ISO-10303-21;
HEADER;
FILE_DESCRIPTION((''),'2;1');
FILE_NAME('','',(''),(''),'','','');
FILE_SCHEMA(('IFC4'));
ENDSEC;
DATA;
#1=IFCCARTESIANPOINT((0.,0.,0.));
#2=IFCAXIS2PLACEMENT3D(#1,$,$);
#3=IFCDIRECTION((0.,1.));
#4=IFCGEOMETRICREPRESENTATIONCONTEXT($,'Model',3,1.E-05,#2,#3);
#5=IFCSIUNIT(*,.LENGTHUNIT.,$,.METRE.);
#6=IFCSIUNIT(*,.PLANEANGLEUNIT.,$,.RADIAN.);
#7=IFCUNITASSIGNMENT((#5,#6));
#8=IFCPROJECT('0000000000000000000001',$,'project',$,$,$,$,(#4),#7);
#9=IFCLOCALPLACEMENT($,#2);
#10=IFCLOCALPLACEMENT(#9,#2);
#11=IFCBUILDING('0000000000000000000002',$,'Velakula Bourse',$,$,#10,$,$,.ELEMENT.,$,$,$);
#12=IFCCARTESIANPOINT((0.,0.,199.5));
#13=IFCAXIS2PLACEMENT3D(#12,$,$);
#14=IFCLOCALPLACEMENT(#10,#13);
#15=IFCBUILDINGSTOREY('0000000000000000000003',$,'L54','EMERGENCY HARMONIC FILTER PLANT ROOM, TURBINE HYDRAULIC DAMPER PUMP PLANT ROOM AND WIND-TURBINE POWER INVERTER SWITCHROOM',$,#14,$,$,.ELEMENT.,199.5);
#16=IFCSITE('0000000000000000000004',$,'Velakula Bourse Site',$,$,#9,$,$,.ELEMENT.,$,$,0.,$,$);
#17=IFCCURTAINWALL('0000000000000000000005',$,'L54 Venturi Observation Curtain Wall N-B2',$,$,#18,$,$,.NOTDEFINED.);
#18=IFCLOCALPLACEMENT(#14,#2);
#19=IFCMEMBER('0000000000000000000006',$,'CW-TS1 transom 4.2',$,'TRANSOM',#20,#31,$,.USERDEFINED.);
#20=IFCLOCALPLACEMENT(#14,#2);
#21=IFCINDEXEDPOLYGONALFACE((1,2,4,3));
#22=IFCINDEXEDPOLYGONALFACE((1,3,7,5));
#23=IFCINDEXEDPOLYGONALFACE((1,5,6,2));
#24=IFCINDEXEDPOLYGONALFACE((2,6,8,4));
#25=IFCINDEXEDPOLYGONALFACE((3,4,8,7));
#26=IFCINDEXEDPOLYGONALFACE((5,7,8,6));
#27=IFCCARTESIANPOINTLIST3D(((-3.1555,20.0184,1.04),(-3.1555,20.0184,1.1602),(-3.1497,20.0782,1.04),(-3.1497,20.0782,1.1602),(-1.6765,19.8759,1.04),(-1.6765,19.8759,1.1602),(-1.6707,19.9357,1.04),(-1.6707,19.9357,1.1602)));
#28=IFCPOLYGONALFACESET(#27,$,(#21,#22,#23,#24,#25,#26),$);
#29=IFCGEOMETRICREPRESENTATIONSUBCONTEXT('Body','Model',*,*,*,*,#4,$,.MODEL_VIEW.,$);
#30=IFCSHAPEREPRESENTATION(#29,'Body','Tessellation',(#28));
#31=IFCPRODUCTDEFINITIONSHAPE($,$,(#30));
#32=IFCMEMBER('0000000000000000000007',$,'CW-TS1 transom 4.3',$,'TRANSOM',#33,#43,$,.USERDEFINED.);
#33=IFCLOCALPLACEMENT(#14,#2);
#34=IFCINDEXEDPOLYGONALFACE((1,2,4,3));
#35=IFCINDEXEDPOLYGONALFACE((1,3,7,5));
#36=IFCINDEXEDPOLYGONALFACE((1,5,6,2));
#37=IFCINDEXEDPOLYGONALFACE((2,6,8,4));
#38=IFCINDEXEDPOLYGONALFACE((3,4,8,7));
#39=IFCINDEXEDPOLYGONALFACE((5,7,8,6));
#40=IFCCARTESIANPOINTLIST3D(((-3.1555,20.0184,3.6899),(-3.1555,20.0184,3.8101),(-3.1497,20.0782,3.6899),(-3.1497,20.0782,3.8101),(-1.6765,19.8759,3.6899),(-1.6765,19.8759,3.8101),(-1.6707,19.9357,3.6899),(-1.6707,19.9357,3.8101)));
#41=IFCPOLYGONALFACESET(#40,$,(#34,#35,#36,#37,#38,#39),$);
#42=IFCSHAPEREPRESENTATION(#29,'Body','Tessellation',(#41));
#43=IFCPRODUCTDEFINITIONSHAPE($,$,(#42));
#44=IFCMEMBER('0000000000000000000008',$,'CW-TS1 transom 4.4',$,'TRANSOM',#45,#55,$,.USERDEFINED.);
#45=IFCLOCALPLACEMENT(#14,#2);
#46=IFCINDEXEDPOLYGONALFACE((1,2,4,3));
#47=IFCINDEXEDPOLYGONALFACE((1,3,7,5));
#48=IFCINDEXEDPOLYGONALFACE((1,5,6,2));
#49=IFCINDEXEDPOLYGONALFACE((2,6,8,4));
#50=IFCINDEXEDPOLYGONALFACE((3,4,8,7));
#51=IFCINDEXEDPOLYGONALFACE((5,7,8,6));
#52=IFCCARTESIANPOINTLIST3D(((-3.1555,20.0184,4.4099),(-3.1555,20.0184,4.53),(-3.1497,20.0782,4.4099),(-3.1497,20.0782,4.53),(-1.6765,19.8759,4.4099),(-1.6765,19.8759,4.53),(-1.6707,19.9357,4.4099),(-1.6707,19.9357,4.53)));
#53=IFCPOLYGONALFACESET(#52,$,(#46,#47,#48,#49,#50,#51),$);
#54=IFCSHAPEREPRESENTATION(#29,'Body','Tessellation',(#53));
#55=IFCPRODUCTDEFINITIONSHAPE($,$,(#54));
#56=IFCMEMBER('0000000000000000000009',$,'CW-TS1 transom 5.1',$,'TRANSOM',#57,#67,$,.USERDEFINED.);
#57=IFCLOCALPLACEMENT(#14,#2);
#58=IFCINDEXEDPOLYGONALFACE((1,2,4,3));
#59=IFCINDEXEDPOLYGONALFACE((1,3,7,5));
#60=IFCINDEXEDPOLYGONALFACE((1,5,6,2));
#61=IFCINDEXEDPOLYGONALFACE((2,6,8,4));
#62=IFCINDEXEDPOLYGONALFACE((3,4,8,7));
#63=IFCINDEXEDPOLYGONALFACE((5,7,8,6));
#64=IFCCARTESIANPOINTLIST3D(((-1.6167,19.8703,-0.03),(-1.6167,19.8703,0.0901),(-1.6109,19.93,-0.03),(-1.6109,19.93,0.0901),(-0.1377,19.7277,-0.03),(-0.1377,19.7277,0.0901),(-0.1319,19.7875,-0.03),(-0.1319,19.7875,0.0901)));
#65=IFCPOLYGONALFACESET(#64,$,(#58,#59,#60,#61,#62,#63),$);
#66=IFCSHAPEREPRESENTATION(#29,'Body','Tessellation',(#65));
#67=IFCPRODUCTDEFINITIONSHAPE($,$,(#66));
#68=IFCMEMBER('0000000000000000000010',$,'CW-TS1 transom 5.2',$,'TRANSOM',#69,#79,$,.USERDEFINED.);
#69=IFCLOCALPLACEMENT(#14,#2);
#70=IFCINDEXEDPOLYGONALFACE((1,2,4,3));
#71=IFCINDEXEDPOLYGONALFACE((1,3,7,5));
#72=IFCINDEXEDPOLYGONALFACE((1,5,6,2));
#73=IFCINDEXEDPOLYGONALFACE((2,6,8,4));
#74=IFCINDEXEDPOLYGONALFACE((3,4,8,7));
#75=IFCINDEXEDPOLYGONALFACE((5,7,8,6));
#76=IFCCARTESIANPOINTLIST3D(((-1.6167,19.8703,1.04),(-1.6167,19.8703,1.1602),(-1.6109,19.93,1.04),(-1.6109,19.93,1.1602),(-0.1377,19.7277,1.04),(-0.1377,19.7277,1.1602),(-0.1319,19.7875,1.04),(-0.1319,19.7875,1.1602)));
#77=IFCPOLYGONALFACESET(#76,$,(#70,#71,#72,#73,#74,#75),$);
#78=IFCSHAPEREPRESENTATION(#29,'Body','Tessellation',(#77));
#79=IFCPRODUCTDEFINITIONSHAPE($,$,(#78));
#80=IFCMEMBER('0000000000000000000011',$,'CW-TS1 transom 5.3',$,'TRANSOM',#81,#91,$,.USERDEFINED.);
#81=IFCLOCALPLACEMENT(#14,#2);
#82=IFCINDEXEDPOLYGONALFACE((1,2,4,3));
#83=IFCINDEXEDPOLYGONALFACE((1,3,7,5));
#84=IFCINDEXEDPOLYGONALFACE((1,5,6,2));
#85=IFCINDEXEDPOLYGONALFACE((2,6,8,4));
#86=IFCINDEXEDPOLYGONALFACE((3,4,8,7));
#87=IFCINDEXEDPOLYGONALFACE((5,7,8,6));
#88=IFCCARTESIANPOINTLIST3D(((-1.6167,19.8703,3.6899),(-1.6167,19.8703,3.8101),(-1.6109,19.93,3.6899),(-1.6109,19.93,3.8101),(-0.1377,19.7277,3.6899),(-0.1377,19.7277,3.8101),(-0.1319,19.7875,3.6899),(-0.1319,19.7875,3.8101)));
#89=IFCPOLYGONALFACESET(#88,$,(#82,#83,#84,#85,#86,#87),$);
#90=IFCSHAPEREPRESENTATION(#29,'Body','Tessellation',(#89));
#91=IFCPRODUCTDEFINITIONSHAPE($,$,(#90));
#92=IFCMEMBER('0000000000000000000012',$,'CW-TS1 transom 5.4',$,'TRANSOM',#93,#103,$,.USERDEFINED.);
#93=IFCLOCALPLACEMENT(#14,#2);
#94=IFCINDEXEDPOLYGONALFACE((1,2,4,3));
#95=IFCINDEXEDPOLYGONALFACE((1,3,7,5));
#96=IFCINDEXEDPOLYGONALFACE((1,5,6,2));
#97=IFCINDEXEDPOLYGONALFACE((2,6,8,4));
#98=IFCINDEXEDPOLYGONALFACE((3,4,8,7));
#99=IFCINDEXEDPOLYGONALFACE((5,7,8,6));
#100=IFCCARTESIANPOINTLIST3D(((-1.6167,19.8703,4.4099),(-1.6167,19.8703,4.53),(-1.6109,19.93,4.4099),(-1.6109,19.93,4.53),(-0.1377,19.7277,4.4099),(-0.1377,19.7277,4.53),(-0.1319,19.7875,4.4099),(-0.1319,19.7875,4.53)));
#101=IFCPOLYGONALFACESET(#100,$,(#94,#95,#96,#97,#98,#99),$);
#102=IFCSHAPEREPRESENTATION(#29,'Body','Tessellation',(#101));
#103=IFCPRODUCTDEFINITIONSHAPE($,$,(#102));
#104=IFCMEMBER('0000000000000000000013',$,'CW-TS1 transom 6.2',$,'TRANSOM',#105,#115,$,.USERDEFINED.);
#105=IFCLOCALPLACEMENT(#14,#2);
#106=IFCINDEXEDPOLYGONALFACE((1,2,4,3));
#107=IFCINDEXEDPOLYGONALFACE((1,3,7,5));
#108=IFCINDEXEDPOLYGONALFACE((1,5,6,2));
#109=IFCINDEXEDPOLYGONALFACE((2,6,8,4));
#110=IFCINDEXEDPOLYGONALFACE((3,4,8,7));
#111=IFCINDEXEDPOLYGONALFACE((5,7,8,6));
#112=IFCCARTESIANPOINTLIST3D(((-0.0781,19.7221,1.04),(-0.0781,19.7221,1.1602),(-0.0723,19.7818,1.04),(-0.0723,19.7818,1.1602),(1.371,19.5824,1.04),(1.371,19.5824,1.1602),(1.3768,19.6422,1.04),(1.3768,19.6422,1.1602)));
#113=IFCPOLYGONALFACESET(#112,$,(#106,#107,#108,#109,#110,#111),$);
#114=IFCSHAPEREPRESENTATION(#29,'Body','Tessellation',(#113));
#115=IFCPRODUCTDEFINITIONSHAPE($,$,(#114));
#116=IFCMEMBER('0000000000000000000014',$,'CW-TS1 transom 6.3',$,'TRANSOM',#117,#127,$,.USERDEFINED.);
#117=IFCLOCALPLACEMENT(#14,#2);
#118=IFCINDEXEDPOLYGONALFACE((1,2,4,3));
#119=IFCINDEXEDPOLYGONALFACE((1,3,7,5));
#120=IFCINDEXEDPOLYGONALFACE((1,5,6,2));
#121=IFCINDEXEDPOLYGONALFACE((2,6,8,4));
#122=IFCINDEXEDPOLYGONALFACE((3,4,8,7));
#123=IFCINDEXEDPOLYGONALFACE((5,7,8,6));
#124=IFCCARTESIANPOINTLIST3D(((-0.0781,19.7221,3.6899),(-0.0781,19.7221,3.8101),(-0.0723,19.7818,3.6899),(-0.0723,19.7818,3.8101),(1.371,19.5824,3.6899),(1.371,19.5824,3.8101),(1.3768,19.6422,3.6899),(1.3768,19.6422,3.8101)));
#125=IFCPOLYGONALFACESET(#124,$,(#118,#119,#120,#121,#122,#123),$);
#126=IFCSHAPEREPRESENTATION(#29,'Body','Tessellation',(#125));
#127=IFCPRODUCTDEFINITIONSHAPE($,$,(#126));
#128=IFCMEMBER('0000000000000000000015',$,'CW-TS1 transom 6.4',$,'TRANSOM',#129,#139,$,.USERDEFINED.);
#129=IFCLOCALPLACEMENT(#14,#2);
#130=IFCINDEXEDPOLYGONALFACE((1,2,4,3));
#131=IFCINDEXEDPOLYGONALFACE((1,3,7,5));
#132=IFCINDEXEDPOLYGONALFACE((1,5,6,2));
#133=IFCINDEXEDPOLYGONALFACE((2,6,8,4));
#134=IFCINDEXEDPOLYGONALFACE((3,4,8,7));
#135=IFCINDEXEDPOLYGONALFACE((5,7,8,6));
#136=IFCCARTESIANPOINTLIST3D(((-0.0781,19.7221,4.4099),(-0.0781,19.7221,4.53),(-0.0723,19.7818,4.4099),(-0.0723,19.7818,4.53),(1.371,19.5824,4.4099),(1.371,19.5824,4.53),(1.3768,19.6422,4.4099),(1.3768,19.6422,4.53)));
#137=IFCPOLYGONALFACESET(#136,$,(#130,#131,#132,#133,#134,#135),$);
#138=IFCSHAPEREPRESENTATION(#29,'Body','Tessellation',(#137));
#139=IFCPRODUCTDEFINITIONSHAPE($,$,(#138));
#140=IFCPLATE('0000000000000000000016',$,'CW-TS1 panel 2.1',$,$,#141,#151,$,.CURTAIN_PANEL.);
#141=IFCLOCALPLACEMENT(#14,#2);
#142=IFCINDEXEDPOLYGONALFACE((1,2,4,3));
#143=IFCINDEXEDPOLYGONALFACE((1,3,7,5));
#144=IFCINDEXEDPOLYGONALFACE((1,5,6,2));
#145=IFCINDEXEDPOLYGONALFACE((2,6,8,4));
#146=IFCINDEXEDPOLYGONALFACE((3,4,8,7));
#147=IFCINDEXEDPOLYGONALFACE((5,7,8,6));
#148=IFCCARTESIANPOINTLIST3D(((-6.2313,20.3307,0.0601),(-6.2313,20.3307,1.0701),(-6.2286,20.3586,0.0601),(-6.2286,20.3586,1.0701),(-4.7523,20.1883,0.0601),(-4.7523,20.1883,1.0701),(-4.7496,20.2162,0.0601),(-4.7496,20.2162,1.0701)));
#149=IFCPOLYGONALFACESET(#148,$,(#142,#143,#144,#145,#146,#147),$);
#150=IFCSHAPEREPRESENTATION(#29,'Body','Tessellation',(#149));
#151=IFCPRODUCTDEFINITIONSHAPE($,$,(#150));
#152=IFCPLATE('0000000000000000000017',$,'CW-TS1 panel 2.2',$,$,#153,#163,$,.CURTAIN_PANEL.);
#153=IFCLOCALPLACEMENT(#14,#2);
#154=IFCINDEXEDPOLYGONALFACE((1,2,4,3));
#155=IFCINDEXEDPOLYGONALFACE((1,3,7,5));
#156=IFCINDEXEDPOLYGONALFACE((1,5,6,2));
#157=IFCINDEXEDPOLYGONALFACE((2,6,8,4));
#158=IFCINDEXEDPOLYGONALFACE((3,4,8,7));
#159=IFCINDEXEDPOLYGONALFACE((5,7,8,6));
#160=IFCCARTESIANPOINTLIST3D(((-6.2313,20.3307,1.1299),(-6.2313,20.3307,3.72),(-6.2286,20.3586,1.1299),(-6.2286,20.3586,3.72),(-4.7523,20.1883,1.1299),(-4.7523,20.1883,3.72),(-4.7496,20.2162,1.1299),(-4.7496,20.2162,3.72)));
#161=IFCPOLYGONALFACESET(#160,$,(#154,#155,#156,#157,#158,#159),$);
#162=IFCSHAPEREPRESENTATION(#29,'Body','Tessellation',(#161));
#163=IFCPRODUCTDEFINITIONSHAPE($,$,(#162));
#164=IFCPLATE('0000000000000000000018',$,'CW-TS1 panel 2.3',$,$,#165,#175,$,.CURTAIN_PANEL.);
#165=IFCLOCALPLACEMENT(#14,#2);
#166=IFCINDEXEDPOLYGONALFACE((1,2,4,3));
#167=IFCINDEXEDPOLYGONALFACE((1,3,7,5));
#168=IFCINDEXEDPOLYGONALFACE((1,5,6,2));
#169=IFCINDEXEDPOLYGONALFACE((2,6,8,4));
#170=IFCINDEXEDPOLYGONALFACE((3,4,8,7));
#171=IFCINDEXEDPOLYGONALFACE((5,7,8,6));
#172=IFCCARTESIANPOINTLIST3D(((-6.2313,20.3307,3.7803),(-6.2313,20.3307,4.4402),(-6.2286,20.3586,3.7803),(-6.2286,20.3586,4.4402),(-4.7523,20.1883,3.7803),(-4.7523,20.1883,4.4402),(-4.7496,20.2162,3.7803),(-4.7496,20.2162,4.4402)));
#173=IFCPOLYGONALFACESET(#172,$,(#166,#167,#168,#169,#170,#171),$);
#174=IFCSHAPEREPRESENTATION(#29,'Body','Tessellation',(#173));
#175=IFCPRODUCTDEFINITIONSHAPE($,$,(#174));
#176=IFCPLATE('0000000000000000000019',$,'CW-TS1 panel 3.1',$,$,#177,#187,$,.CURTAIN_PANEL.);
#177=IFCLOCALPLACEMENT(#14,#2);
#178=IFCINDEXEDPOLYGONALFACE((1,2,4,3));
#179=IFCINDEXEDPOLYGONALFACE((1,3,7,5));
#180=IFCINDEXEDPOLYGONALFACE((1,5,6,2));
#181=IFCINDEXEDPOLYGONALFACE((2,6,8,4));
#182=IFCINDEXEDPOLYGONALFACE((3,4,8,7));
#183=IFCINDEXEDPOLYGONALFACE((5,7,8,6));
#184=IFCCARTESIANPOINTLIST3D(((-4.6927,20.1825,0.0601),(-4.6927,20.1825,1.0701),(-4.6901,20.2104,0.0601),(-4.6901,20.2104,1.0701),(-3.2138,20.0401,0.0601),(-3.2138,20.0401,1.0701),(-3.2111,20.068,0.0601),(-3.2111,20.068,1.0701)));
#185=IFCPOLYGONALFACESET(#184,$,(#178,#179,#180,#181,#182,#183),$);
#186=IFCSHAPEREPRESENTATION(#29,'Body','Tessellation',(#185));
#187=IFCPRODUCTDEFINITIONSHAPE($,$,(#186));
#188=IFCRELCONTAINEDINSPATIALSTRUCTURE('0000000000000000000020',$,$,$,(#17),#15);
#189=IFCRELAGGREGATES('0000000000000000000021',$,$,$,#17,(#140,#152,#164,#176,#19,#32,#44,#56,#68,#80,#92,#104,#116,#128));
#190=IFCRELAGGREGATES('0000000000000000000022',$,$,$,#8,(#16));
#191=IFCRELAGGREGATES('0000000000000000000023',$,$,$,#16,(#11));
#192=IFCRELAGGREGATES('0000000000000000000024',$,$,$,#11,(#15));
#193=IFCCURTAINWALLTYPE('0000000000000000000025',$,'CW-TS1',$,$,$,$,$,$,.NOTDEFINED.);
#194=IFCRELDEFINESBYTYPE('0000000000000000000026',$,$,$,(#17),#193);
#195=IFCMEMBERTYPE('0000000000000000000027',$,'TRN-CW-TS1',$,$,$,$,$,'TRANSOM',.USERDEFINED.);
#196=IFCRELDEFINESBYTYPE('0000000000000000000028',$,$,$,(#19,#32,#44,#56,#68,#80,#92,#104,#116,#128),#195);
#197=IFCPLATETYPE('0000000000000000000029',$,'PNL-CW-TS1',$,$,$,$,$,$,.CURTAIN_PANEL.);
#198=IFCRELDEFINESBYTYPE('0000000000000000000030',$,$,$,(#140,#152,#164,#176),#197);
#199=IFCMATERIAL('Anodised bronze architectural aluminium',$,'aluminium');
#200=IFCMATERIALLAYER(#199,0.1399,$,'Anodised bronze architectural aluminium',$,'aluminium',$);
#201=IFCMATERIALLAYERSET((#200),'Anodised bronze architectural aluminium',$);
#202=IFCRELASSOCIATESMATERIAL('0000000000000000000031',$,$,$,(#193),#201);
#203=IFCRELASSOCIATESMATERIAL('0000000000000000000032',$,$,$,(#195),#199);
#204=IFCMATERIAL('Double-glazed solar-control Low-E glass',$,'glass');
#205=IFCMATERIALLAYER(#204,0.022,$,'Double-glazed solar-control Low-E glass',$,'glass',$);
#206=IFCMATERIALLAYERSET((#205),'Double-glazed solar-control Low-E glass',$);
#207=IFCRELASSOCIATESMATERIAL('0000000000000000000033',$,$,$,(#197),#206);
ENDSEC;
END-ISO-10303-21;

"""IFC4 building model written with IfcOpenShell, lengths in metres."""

from ifc_helpers import new_model, si_unit, direction, frame, origin, origin_2d, place, context, subcontext, project, spatial, rectangle, extrude, material, layer, layer_set, material_profile, profile_set, type_object, element, aggregate, save


model = new_model("IFC4")

# Units and contexts
model_context = context("Model", 3, precision=1e-05, world=origin(), true_north=direction((0.0, 1.0)))
body_context = subcontext(model_context, "Body", "Model", "MODEL_VIEW")
ifc_project = project(units=[si_unit("LENGTHUNIT", "METRE"), si_unit("PLANEANGLEUNIT", "RADIAN")], contexts=[model_context])

# Site, building, storey
site_placement = place(None, origin())
site = spatial("IfcSite", under=ifc_project, at=site_placement, Name="Velakula Bourse Site", CompositionType="ELEMENT", RefElevation=0.0)
building_placement = place(site_placement, origin())
building = spatial("IfcBuilding", under=site, at=building_placement, Name="Velakula Bourse", CompositionType="ELEMENT")
storey_placement = place(building_placement, frame((0.0, 0.0, 199.5)))
storey = spatial("IfcBuildingStorey", under=building, at=storey_placement, Name="L54", Description="EMERGENCY HARMONIC FILTER PLANT ROOM, TURBINE HYDRAULIC DAMPER PUMP PLANT ROOM AND WIND-TURBINE POWER INVERTER SWITCHROOM", CompositionType="ELEMENT", Elevation=199.5)

# Curtain wall, members, plates
ifc_material_1 = material(Name="Anodised bronze architectural aluminium", Category="aluminium")
ifc_layer_1 = layer(ifc_material_1, 0.1399, Name="Anodised bronze architectural aluminium", Category="aluminium")
ifc_layer_set_1 = layer_set([ifc_layer_1], Name="Anodised bronze architectural aluminium")
curtain_wall_type = type_object("IfcCurtainWallType", Name="CW-TS1", PredefinedType="NOTDEFINED", material=ifc_layer_set_1)
curtain_wall_placement = place(storey_placement, origin())
curtain_wall = element("IfcCurtainWall", 1, at=curtain_wall_placement, inside=storey, type_object=curtain_wall_type, Name="L54 Venturi Observation Curtain Wall N-B2", PredefinedType="NOTDEFINED")
ifc_material_profile_1 = material_profile(ifc_material_1, rectangle(XDim=0.0601, YDim=0.1201, at=origin_2d()), Name="Anodised bronze architectural aluminium")
ifc_profile_set_1 = profile_set([ifc_material_profile_1], Name="Anodised bronze architectural aluminium")
member_type_1 = type_object("IfcMemberType", Name="TRN-CW-TS1", ElementType="TRANSOM", PredefinedType="USERDEFINED", material=ifc_profile_set_1)
member_1_placement = place(storey_placement, frame((-3.1526, 20.0483, 1.1001), z_axis=(0.995386, -0.095957, 0.0), x_axis=(0.095957, 0.995386, 0.0)))
member_1 = element("IfcMember", 2, at=member_1_placement, type_object=member_type_1, Name="CW-TS1 transom 4.2", ObjectType="TRANSOM", PredefinedType="USERDEFINED", context=body_context, shape_type="SweptSolid", body=[
    extrude(rectangle(XDim=0.0601, YDim=0.1201, at=origin_2d()), origin(), (0.0, 0.0, 1.0), 1.4858),
])
member_2_placement = place(storey_placement, frame((-3.1526, 20.0483, 3.75), z_axis=(0.995386, -0.095957, 0.0), x_axis=(0.095957, 0.995386, 0.0)))
member_2 = element("IfcMember", 3, at=member_2_placement, type_object=member_type_1, Name="CW-TS1 transom 4.3", ObjectType="TRANSOM", PredefinedType="USERDEFINED", context=body_context, shape_type="SweptSolid", body=[
    extrude(rectangle(XDim=0.0601, YDim=0.1201, at=origin_2d()), origin(), (0.0, 0.0, 1.0), 1.4858),
])
member_3_placement = place(storey_placement, frame((-3.1526, 20.0483, 4.47), z_axis=(0.995386, -0.095957, 0.0), x_axis=(0.095957, 0.995386, 0.0)))
member_3 = element("IfcMember", 4, at=member_3_placement, type_object=member_type_1, Name="CW-TS1 transom 4.4", ObjectType="TRANSOM", PredefinedType="USERDEFINED", context=body_context, shape_type="SweptSolid", body=[
    extrude(rectangle(XDim=0.0601, YDim=0.1201, at=origin_2d()), origin(), (0.0, 0.0, 1.0), 1.4858),
])
member_4_placement = place(storey_placement, frame((-1.6138, 19.9001, 0.03), z_axis=(0.995386, -0.095957, 0.0), x_axis=(0.095957, 0.995386, 0.0)))
member_4 = element("IfcMember", 5, at=member_4_placement, type_object=member_type_1, Name="CW-TS1 transom 5.1", ObjectType="TRANSOM", PredefinedType="USERDEFINED", context=body_context, shape_type="SweptSolid", body=[
    extrude(rectangle(XDim=0.0601, YDim=0.1201, at=origin_2d()), origin(), (0.0, 0.0, 1.0), 1.4858),
])
member_5_placement = place(storey_placement, frame((-1.6138, 19.9001, 1.1001), z_axis=(0.995386, -0.095957, 0.0), x_axis=(0.095957, 0.995386, 0.0)))
member_5 = element("IfcMember", 6, at=member_5_placement, type_object=member_type_1, Name="CW-TS1 transom 5.2", ObjectType="TRANSOM", PredefinedType="USERDEFINED", context=body_context, shape_type="SweptSolid", body=[
    extrude(rectangle(XDim=0.0601, YDim=0.1201, at=origin_2d()), origin(), (0.0, 0.0, 1.0), 1.4858),
])
member_6_placement = place(storey_placement, frame((-1.6138, 19.9001, 3.75), z_axis=(0.995386, -0.095957, 0.0), x_axis=(0.095957, 0.995386, 0.0)))
member_6 = element("IfcMember", 7, at=member_6_placement, type_object=member_type_1, Name="CW-TS1 transom 5.3", ObjectType="TRANSOM", PredefinedType="USERDEFINED", context=body_context, shape_type="SweptSolid", body=[
    extrude(rectangle(XDim=0.0601, YDim=0.1201, at=origin_2d()), origin(), (0.0, 0.0, 1.0), 1.4858),
])
member_7_placement = place(storey_placement, frame((-1.6138, 19.9001, 4.47), z_axis=(0.995386, -0.095957, 0.0), x_axis=(0.095957, 0.995386, 0.0)))
member_7 = element("IfcMember", 8, at=member_7_placement, type_object=member_type_1, Name="CW-TS1 transom 5.4", ObjectType="TRANSOM", PredefinedType="USERDEFINED", context=body_context, shape_type="SweptSolid", body=[
    extrude(rectangle(XDim=0.0601, YDim=0.1201, at=origin_2d()), origin(), (0.0, 0.0, 1.0), 1.4858),
])
member_8_placement = place(storey_placement, frame((-0.0752, 19.752, 1.1001), z_axis=(0.995389, -0.095917, 0.0), x_axis=(0.095917, 0.995389, 0.0)))
member_8 = element("IfcMember", 9, at=member_8_placement, type_object=member_type_1, Name="CW-TS1 transom 6.2", ObjectType="TRANSOM", PredefinedType="USERDEFINED", context=body_context, shape_type="SweptSolid", body=[
    extrude(rectangle(XDim=0.0601, YDim=0.1201, at=origin_2d()), origin(), (0.0, 0.0, 1.0), 1.4558),
])
member_9_placement = place(storey_placement, frame((-0.0752, 19.752, 3.75), z_axis=(0.995389, -0.095917, 0.0), x_axis=(0.095917, 0.995389, 0.0)))
member_9 = element("IfcMember", 10, at=member_9_placement, type_object=member_type_1, Name="CW-TS1 transom 6.3", ObjectType="TRANSOM", PredefinedType="USERDEFINED", context=body_context, shape_type="SweptSolid", body=[
    extrude(rectangle(XDim=0.0601, YDim=0.1201, at=origin_2d()), origin(), (0.0, 0.0, 1.0), 1.4558),
])
member_10_placement = place(storey_placement, frame((-0.0752, 19.752, 4.47), z_axis=(0.995389, -0.095917, 0.0), x_axis=(0.095917, 0.995389, 0.0)))
member_10 = element("IfcMember", 11, at=member_10_placement, type_object=member_type_1, Name="CW-TS1 transom 6.4", ObjectType="TRANSOM", PredefinedType="USERDEFINED", context=body_context, shape_type="SweptSolid", body=[
    extrude(rectangle(XDim=0.0601, YDim=0.1201, at=origin_2d()), origin(), (0.0, 0.0, 1.0), 1.4558),
])
ifc_material_2 = material(Name="Double-glazed solar-control Low-E glass", Category="glass")
ifc_layer_2 = layer(ifc_material_2, 0.022, Name="Double-glazed solar-control Low-E glass", Category="glass")
ifc_layer_set_2 = layer_set([ifc_layer_2], Name="Double-glazed solar-control Low-E glass")
plate_type = type_object("IfcPlateType", Name="PNL-CW-TS1", PredefinedType="CURTAIN_PANEL", material=ifc_layer_set_2)
plate_1_placement = place(storey_placement, frame((-5.4905, 20.2734, 0.0601), z_axis=(0.0, 0.0, 1.0), x_axis=(0.995396, -0.095849, 0.0)))
plate_1 = element("IfcPlate", 12, at=plate_1_placement, type_object=plate_type, Name="CW-TS1 panel 2.1", PredefinedType="CURTAIN_PANEL", context=body_context, shape_type="SweptSolid", body=[
    extrude(rectangle(XDim=1.4858, YDim=0.0281, at=origin_2d()), origin(), (0.0, 0.0, 1.0), 1.01),
])
plate_2_placement = place(storey_placement, frame((-5.4905, 20.2734, 1.1299), z_axis=(0.0, 0.0, 1.0), x_axis=(0.995396, -0.095849, 0.0)))
plate_2 = element("IfcPlate", 13, at=plate_2_placement, type_object=plate_type, Name="CW-TS1 panel 2.2", PredefinedType="CURTAIN_PANEL", context=body_context, shape_type="SweptSolid", body=[
    extrude(rectangle(XDim=1.4858, YDim=0.0281, at=origin_2d()), origin(), (0.0, 0.0, 1.0), 2.5901),
])
plate_3_placement = place(storey_placement, frame((-5.4905, 20.2734, 3.7803), z_axis=(0.0, 0.0, 1.0), x_axis=(0.995396, -0.095849, 0.0)))
plate_3 = element("IfcPlate", 14, at=plate_3_placement, type_object=plate_type, Name="CW-TS1 panel 2.3", PredefinedType="CURTAIN_PANEL", context=body_context, shape_type="SweptSolid", body=[
    extrude(rectangle(XDim=1.4858, YDim=0.0281, at=origin_2d()), origin(), (0.0, 0.0, 1.0), 0.6599),
])
plate_4_placement = place(storey_placement, frame((-3.9519, 20.1252, 0.0601), z_axis=(0.0, 0.0, 1.0), x_axis=(0.995396, -0.095849, 0.0)))
plate_4 = element("IfcPlate", 15, at=plate_4_placement, type_object=plate_type, Name="CW-TS1 panel 3.1", PredefinedType="CURTAIN_PANEL", context=body_context, shape_type="SweptSolid", body=[
    extrude(rectangle(XDim=1.4858, YDim=0.0281, at=origin_2d()), origin(), (0.0, 0.0, 1.0), 1.01),
])
aggregate(curtain_wall, [plate_1, plate_2, plate_3, plate_4, member_1, member_2, member_3, member_4, member_5, member_6, member_7, member_8, member_9, member_10])

save(model, "model.ifc")
